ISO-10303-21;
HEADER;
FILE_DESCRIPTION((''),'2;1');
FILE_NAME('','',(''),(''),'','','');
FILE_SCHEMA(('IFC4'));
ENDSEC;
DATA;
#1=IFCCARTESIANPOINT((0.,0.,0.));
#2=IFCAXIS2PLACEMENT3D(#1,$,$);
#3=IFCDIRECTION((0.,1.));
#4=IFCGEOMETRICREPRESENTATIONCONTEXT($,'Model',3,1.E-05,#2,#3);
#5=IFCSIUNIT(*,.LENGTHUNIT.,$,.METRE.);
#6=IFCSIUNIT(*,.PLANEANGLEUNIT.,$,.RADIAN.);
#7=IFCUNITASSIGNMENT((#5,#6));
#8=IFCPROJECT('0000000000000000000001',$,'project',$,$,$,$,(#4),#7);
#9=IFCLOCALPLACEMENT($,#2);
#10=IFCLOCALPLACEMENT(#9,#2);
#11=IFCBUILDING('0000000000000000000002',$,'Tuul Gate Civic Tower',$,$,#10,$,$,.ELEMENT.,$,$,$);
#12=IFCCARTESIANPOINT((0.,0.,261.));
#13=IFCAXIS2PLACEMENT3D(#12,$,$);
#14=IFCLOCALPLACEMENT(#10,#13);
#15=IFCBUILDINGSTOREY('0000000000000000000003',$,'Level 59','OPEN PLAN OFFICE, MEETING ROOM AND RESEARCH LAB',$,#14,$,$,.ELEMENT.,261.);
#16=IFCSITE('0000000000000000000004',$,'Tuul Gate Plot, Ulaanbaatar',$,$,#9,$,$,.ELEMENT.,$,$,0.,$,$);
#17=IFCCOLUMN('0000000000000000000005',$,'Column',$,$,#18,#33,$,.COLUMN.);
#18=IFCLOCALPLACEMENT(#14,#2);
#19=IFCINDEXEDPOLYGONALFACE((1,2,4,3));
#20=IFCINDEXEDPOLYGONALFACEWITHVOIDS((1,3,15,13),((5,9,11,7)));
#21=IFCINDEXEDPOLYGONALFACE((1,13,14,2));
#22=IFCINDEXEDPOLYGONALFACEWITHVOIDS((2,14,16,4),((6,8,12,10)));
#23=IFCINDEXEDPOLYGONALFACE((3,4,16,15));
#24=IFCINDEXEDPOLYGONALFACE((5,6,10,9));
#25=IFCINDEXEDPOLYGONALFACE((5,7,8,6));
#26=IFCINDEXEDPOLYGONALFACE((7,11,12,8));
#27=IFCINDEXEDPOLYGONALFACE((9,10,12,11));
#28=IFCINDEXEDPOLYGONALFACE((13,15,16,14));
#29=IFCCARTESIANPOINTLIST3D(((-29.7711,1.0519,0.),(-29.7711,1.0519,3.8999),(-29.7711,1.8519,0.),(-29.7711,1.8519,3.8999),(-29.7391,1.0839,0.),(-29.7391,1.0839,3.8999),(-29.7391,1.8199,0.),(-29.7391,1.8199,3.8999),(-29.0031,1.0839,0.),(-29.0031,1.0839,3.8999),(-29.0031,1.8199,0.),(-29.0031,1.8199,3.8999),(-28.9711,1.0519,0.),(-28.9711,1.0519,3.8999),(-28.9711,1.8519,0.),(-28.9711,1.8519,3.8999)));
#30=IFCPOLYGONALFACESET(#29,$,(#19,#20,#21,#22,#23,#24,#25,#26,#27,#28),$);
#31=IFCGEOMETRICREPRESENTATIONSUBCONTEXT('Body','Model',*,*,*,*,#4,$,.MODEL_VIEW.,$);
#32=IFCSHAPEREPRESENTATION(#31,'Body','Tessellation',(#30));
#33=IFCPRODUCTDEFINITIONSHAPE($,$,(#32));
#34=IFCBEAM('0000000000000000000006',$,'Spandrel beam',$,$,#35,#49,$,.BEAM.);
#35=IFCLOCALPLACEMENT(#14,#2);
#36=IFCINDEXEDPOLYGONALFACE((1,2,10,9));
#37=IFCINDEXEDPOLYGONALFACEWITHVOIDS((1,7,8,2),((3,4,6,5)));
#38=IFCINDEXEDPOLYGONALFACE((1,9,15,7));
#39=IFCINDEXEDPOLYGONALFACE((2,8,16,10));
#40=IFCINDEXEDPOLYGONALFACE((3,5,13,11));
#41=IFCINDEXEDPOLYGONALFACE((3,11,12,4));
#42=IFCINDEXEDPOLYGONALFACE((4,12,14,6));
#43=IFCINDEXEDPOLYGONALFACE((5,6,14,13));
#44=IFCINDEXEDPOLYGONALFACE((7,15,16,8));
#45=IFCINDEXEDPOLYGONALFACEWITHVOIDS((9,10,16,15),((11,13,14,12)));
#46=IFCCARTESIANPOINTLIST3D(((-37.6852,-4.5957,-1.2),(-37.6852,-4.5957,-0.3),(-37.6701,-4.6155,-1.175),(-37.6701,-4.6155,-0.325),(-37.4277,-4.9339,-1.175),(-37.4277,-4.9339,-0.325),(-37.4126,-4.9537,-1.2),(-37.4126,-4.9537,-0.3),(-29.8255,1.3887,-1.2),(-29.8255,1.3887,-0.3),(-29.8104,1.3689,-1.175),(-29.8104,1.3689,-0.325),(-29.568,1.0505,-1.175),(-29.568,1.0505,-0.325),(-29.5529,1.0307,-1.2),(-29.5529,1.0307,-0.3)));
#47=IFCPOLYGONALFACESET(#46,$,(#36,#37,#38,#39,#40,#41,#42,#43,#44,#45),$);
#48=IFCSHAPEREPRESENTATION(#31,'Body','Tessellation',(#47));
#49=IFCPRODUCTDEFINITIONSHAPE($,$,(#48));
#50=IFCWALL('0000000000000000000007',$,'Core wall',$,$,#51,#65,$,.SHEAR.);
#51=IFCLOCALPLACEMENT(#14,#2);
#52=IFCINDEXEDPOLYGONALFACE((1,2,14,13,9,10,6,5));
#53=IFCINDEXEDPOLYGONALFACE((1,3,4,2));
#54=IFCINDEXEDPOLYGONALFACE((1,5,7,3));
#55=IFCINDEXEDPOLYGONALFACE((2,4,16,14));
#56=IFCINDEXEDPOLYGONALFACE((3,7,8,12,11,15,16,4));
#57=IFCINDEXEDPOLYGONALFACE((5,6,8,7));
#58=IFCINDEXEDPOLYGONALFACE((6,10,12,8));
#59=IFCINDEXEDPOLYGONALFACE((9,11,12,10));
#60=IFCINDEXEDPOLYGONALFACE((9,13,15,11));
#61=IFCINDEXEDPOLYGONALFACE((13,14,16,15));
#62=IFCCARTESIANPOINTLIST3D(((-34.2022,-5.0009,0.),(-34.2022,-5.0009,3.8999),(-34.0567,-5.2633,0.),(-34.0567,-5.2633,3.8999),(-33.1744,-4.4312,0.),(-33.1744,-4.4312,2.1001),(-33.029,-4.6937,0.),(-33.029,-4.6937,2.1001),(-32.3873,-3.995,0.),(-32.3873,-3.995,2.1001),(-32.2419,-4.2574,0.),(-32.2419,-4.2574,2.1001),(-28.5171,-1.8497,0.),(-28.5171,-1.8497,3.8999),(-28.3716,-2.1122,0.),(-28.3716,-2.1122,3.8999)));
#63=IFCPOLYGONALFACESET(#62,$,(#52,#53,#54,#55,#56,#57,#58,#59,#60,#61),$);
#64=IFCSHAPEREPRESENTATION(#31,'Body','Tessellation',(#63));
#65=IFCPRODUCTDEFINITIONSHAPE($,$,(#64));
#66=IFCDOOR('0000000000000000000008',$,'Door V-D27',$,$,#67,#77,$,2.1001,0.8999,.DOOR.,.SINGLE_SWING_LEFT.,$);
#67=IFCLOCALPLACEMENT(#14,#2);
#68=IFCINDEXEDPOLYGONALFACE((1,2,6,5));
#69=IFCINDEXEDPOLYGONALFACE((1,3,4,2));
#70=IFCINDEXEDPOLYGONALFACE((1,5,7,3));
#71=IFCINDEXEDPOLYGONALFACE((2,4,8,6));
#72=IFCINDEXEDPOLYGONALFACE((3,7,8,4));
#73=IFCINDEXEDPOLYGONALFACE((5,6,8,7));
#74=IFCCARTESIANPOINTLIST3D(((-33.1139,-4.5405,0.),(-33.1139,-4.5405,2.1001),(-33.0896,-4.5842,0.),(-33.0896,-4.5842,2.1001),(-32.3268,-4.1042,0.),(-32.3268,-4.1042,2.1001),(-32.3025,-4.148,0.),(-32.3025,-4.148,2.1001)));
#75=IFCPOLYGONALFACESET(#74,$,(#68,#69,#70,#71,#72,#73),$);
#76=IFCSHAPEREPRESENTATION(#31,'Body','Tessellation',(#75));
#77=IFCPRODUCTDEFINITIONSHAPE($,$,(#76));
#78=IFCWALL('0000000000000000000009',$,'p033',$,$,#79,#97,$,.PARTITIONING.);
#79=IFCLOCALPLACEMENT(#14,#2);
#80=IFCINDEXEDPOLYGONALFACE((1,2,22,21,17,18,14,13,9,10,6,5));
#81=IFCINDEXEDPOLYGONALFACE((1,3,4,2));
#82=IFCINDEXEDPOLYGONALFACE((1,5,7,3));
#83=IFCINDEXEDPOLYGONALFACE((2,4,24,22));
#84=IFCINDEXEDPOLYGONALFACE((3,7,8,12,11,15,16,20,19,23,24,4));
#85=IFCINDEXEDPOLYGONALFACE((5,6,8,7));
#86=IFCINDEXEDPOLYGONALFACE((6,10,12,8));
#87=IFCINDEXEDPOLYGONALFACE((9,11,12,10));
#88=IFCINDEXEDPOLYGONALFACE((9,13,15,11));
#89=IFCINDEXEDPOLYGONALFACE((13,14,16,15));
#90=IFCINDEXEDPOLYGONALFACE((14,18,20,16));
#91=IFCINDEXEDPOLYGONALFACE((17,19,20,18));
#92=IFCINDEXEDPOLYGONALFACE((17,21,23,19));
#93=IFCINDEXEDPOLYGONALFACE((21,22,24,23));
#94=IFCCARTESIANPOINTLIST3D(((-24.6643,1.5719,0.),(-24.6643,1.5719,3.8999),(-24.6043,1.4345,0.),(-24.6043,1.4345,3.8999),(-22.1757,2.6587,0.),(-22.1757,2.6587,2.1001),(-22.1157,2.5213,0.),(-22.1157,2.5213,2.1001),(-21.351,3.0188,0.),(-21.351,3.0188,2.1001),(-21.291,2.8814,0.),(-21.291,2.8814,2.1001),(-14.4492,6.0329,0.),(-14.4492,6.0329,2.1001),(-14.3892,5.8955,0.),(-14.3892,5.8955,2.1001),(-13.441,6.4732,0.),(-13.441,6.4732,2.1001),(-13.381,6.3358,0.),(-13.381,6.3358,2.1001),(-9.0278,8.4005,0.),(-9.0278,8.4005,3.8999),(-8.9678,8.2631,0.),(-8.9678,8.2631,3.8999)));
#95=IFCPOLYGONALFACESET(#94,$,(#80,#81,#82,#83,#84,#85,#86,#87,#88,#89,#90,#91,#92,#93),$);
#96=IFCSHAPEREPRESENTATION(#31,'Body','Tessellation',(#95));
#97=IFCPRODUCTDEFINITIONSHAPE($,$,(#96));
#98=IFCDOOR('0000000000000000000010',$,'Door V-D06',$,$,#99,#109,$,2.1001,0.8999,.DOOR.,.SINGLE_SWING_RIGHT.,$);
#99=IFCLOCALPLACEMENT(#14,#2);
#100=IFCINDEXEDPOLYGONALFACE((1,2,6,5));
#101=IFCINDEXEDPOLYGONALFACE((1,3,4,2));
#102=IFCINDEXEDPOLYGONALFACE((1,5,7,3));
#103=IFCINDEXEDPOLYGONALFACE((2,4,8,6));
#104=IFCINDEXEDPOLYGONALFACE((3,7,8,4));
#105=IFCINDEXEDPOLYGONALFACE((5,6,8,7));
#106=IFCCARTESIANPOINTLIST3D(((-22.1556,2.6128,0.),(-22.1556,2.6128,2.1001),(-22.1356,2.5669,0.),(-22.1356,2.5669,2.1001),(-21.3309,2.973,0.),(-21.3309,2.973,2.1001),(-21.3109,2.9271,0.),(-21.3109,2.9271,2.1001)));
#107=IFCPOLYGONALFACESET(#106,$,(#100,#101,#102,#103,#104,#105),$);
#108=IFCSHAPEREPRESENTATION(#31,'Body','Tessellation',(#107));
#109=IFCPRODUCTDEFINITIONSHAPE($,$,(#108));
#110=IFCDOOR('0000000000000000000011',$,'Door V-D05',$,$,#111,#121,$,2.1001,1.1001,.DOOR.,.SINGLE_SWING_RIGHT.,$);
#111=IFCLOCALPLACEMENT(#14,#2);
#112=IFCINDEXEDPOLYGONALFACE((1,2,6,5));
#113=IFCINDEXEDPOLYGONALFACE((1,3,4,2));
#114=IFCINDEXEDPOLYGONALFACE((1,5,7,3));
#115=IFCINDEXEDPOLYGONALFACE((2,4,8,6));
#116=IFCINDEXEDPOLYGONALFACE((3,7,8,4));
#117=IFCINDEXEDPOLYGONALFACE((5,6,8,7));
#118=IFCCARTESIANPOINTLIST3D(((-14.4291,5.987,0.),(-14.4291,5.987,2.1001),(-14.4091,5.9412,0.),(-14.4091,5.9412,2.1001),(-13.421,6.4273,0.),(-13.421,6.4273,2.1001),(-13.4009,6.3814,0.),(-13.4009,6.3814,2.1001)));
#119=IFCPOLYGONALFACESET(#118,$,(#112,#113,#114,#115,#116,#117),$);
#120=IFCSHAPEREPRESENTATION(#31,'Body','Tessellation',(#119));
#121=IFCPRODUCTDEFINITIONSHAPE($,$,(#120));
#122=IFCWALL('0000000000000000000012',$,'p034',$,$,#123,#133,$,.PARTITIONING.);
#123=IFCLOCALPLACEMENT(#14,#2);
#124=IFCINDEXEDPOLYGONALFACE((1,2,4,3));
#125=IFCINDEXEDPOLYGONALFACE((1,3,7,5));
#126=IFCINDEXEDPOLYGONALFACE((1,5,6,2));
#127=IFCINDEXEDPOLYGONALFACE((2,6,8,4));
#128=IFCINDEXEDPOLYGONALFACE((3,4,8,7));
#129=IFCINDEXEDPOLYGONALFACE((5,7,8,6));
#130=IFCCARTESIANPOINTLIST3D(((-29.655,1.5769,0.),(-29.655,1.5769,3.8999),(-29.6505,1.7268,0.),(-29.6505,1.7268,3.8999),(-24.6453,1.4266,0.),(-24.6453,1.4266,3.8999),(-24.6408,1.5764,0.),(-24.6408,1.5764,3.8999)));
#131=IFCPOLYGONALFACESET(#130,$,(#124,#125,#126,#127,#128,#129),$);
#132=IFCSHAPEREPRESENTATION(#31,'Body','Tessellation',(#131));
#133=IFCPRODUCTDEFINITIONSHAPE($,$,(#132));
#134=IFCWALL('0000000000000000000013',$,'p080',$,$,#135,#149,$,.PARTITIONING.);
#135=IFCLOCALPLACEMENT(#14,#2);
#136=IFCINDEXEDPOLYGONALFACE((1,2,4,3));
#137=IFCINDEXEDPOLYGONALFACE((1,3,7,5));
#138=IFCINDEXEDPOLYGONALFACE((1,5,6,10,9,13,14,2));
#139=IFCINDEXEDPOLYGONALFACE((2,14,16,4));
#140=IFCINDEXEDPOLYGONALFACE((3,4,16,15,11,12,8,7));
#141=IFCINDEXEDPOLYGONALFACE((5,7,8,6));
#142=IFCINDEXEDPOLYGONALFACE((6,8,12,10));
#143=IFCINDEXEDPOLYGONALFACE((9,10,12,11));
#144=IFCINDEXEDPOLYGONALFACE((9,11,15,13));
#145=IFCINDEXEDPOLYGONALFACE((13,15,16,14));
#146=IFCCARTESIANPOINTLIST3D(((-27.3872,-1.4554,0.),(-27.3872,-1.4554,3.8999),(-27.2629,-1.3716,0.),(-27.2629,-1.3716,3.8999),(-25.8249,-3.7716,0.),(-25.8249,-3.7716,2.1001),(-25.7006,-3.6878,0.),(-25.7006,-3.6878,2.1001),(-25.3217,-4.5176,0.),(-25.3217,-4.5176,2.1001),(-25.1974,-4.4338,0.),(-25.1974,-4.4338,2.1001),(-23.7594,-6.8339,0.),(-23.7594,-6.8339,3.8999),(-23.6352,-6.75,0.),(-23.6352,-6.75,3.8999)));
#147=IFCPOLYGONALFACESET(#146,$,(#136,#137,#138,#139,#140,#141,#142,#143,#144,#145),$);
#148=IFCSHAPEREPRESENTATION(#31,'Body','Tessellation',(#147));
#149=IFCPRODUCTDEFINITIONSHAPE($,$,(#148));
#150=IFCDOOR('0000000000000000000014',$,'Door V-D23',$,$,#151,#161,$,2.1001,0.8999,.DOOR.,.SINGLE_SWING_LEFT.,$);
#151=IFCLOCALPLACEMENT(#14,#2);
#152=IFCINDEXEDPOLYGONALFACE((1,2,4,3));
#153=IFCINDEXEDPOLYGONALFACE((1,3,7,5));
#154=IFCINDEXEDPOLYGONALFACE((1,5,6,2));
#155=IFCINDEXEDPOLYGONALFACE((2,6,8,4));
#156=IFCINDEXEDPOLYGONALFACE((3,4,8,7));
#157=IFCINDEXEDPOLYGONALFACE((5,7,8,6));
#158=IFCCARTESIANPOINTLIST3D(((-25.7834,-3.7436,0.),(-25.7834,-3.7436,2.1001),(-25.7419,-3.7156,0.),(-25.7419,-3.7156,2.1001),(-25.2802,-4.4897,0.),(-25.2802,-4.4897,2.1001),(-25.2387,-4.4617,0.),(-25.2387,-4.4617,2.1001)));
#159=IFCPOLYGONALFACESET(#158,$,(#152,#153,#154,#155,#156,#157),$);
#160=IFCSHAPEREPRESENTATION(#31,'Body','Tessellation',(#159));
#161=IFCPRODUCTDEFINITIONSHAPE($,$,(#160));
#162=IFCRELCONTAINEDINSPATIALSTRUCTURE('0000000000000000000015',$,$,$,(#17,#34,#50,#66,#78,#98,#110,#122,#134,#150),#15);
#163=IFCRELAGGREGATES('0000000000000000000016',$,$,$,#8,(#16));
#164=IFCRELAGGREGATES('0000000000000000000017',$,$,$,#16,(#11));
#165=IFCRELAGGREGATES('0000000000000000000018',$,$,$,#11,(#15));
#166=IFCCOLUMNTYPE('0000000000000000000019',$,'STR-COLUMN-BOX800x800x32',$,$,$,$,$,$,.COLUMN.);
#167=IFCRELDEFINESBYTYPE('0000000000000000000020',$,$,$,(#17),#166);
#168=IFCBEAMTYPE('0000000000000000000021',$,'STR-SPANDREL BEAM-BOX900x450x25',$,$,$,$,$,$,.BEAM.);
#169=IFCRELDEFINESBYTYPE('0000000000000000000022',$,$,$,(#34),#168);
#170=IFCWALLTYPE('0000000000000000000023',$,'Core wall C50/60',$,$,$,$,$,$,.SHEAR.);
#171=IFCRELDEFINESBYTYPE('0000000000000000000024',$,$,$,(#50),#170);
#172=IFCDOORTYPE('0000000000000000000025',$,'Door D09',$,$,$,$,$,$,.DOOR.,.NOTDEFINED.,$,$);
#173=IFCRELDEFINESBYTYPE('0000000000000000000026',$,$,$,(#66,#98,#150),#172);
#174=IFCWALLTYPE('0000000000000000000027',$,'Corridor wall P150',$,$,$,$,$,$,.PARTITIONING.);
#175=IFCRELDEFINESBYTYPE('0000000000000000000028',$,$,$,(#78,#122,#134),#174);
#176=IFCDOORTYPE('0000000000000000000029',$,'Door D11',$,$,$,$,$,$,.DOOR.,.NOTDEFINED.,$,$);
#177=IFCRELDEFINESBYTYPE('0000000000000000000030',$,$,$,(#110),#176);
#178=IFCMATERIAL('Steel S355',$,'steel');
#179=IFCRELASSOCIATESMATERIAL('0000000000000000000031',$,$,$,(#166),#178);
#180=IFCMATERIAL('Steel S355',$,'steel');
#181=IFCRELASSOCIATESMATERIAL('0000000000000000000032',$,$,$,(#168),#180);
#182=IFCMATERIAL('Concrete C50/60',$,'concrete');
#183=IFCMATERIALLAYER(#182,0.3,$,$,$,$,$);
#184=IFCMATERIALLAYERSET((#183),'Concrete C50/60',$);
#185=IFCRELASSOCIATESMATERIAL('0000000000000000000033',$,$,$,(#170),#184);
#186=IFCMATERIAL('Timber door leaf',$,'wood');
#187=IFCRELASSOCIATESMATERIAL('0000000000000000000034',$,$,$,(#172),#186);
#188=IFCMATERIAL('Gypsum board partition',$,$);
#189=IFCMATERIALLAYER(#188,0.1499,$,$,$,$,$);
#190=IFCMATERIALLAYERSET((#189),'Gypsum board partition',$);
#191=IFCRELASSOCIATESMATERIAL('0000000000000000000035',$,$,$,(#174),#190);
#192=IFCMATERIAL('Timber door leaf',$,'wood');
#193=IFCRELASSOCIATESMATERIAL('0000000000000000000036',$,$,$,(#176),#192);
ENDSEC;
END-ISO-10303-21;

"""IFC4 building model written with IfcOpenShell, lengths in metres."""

from ifc_helpers import new_model, si_unit, direction, frame, frame_2d, origin, origin_2d, place, context, subcontext, project, spatial, rectangle, hollow_rectangle, extrude, material, layer, layer_set, material_profile, profile_set, type_object, element, fill, save


model = new_model("IFC4")

# Units and contexts
model_context = context("Model", 3, precision=1e-05, world=origin(), true_north=direction((0.0, 1.0)))
body_context = subcontext(model_context, "Body", "Model", "MODEL_VIEW")
ifc_project = project(units=[si_unit("LENGTHUNIT", "METRE"), si_unit("PLANEANGLEUNIT", "RADIAN")], contexts=[model_context])

# Site, building, storey
site_placement = place(None, origin())
site = spatial("IfcSite", under=ifc_project, at=site_placement, Name="Tuul Gate Plot, Ulaanbaatar", CompositionType="ELEMENT", RefElevation=0.0)
building_placement = place(site_placement, origin())
building = spatial("IfcBuilding", under=site, at=building_placement, Name="Tuul Gate Civic Tower", CompositionType="ELEMENT")
storey_placement = place(building_placement, frame((0.0, 0.0, 261.0)))
storey = spatial("IfcBuildingStorey", under=building, at=storey_placement, Name="Level 59", Description="OPEN PLAN OFFICE, MEETING ROOM AND RESEARCH LAB", CompositionType="ELEMENT", Elevation=261.0)

# Column
ifc_material_1 = material(Name="Steel S355", Category="steel")
ifc_material_profile_1 = material_profile(ifc_material_1, hollow_rectangle(XDim=0.8, YDim=0.8, WallThickness=0.032, at=origin_2d()), Name="BOX800x800x32")
ifc_profile_set_1 = profile_set([ifc_material_profile_1], Name="Steel S355")
column_type = type_object("IfcColumnType", Name="STR-COLUMN-BOX800x800x32", PredefinedType="COLUMN", material=ifc_profile_set_1)
column_placement = place(storey_placement, frame((-29.3711, 1.4519, 0.0), z_axis=(0.0, 0.0, 1.0), x_axis=(1.0, 0.0, 0.0)))
element("IfcColumn", 1, at=column_placement, inside=storey, type_object=column_type, Name="Column", PredefinedType="COLUMN", context=body_context, shape_type="SweptSolid", body=[
    extrude(hollow_rectangle(XDim=0.8, YDim=0.8, WallThickness=0.032, at=origin_2d()), origin(), (0.0, 0.0, 1.0), 3.8999),
])

# Beam
ifc_material_2 = material(Name="Steel S355", Category="steel")
ifc_material_profile_2 = material_profile(ifc_material_2, hollow_rectangle(XDim=0.45, YDim=0.8999, WallThickness=0.0249, at=origin_2d()), Name="BOX900x450x25")
ifc_profile_set_2 = profile_set([ifc_material_profile_2], Name="Steel S355")
beam_type = type_object("IfcBeamType", Name="STR-SPANDREL BEAM-BOX900x450x25", PredefinedType="BEAM", material=ifc_profile_set_2)
beam_placement = place(storey_placement, frame((-29.6892, 1.2097, -0.75), z_axis=(-0.795622, -0.605793, 0.0), x_axis=(0.605793, -0.795622, 0.0)))
element("IfcBeam", 2, at=beam_placement, inside=storey, type_object=beam_type, Name="Spandrel beam", PredefinedType="BEAM", context=body_context, shape_type="SweptSolid", body=[
    extrude(hollow_rectangle(XDim=0.45, YDim=0.8999, WallThickness=0.0249, at=origin_2d()), origin(), (0.0, 0.0, 1.0), 9.8787),
])

# Wall, opening, door
ifc_material_3 = material(Name="Concrete C50/60", Category="concrete")
ifc_layer_1 = layer(ifc_material_3, 0.3)
ifc_layer_set_1 = layer_set([ifc_layer_1], Name="Concrete C50/60")
wall_type_1 = type_object("IfcWallType", Name="Core wall C50/60", PredefinedType="SHEAR", material=ifc_layer_set_1)
wall_1_placement = place(storey_placement, frame((-28.4443, -1.981, 0.0), z_axis=(0.0, 0.0, 1.0), x_axis=(-0.87463, -0.484791, 0.0)))
wall_1 = element("IfcWall", 3, at=wall_1_placement, inside=storey, type_object=wall_type_1, Name="Core wall", PredefinedType="SHEAR", context=body_context, shape_type="SweptSolid", body=[
    extrude(rectangle(XDim=6.5, YDim=0.3, at=frame_2d((3.25, 0.0))), origin(), (0.0, 0.0, 1.0), 3.8999),
])
opening_1_placement = place(wall_1_placement, frame((4.425, 0.0, 0.0)))
opening_1 = element("IfcOpeningElement", 4, at=opening_1_placement, cuts=wall_1, PredefinedType="OPENING", context=body_context, shape_type="SweptSolid", body=[
    extrude(rectangle(XDim=0.8999, YDim=2.1001, at=frame_2d((0.45, 1.05))), frame((0.0, 0.1602, 0.0), z_axis=(0.0, -1.0, 0.0), x_axis=(1.0, 0.0, 0.0)), (0.0, 0.0, 1.0), 0.3201),
])
ifc_material_4 = material(Name="Timber door leaf", Category="wood")
door_type_1 = type_object("IfcDoorType", Name="Door D09", OperationType="NOTDEFINED", PredefinedType="DOOR", material=ifc_material_4)
door_1_placement = place(opening_1_placement, origin())
door_1 = element("IfcDoor", 5, at=door_1_placement, inside=storey, type_object=door_type_1, Name="Door V-D27", OperationType="SINGLE_SWING_LEFT", OverallHeight=2.1001, OverallWidth=0.8999, PredefinedType="DOOR", context=body_context, shape_type="SweptSolid", body=[
    extrude(rectangle(XDim=0.8999, YDim=2.1001, at=frame_2d((0.45, 1.05))), frame((0.0, 0.0249, 0.0), z_axis=(0.0, -1.0, 0.0), x_axis=(1.0, 0.0, 0.0)), (0.0, 0.0, 1.0), 0.05),
])
fill(opening_1, door_1)

# Wall, openings, doors
ifc_material_5 = material(Name="Gypsum board partition")
ifc_layer_2 = layer(ifc_material_5, 0.1499)
ifc_layer_set_2 = layer_set([ifc_layer_2], Name="Gypsum board partition")
wall_type_2 = type_object("IfcWallType", Name="Corridor wall P150", PredefinedType="PARTITIONING", material=ifc_layer_set_2)
wall_2_placement = place(storey_placement, frame((-24.6343, 1.5032, 0.0), z_axis=(0.0, 0.0, 1.0), x_axis=(0.916423, 0.400211, 0.0)))
wall_2 = element("IfcWall", 6, at=wall_2_placement, inside=storey, type_object=wall_type_2, Name="p033", PredefinedType="PARTITIONING", context=body_context, shape_type="SweptSolid", body=[
    extrude(rectangle(XDim=17.0625, YDim=0.1499, at=frame_2d((8.5312, 0.0))), origin(), (0.0, 0.0, 1.0), 3.8999),
])
opening_2_placement = place(wall_2_placement, frame((11.1467, 0.0, 0.0)))
opening_2 = element("IfcOpeningElement", 7, at=opening_2_placement, cuts=wall_2, PredefinedType="OPENING", context=body_context, shape_type="SweptSolid", body=[
    extrude(rectangle(XDim=1.1001, YDim=2.1001, at=frame_2d((0.55, 1.05))), frame((0.0, 0.085, 0.0), z_axis=(0.0, -1.0, 0.0), x_axis=(1.0, 0.0, 0.0)), (0.0, 0.0, 1.0), 0.1699),
])
opening_3_placement = place(wall_2_placement, frame((2.7156, 0.0, 0.0)))
opening_3 = element("IfcOpeningElement", 8, at=opening_3_placement, cuts=wall_2, PredefinedType="OPENING", context=body_context, shape_type="SweptSolid", body=[
    extrude(rectangle(XDim=0.8999, YDim=2.1001, at=frame_2d((0.45, 1.05))), frame((0.0, 0.085, 0.0), z_axis=(0.0, -1.0, 0.0), x_axis=(1.0, 0.0, 0.0)), (0.0, 0.0, 1.0), 0.1699),
])
door_2_placement = place(opening_3_placement, origin())
door_2 = element("IfcDoor", 9, at=door_2_placement, inside=storey, type_object=door_type_1, Name="Door V-D06", OperationType="SINGLE_SWING_RIGHT", OverallHeight=2.1001, OverallWidth=0.8999, PredefinedType="DOOR", context=body_context, shape_type="SweptSolid", body=[
    extrude(rectangle(XDim=0.8999, YDim=2.1001, at=frame_2d((0.45, 1.05))), frame((0.0, 0.0249, 0.0), z_axis=(0.0, -1.0, 0.0), x_axis=(1.0, 0.0, 0.0)), (0.0, 0.0, 1.0), 0.05),
])
fill(opening_3, door_2)
ifc_material_6 = material(Name="Timber door leaf", Category="wood")
door_type_2 = type_object("IfcDoorType", Name="Door D11", OperationType="NOTDEFINED", PredefinedType="DOOR", material=ifc_material_6)
door_3_placement = place(opening_2_placement, origin())
door_3 = element("IfcDoor", 10, at=door_3_placement, inside=storey, type_object=door_type_2, Name="Door V-D05", OperationType="SINGLE_SWING_RIGHT", OverallHeight=2.1001, OverallWidth=1.1001, PredefinedType="DOOR", context=body_context, shape_type="SweptSolid", body=[
    extrude(rectangle(XDim=1.1001, YDim=2.1001, at=frame_2d((0.55, 1.05))), frame((0.0, 0.0249, 0.0), z_axis=(0.0, -1.0, 0.0), x_axis=(1.0, 0.0, 0.0)), (0.0, 0.0, 1.0), 0.05),
])
fill(opening_2, door_3)

# Wall
wall_3_placement = place(storey_placement, frame((-29.6526, 1.6519, 0.0), z_axis=(0.0, 0.0, 1.0), x_axis=(0.99955, -0.030006, 0.0)))
element("IfcWall", 11, at=wall_3_placement, inside=storey, type_object=wall_type_2, Name="p034", PredefinedType="PARTITIONING", context=body_context, shape_type="SweptSolid", body=[
    extrude(rectangle(XDim=5.012, YDim=0.1499, at=frame_2d((2.5059, 0.0))), origin(), (0.0, 0.0, 1.0), 3.8999),
])

# Wall, opening, door
wall_4_placement = place(storey_placement, frame((-27.325, -1.4136, 0.0), z_axis=(0.0, 0.0, 1.0), x_axis=(0.559182, -0.829045, 0.0)))
wall_4 = element("IfcWall", 12, at=wall_4_placement, inside=storey, type_object=wall_type_2, Name="p080", PredefinedType="PARTITIONING", context=body_context, shape_type="SweptSolid", body=[
    extrude(rectangle(XDim=6.4875, YDim=0.1499, at=frame_2d((3.2437, 0.0))), origin(), (0.0, 0.0, 1.0), 3.8999),
])
opening_4_placement = place(wall_4_placement, frame((2.7937, 0.0, 0.0)))
opening_4 = element("IfcOpeningElement", 13, at=opening_4_placement, cuts=wall_4, PredefinedType="OPENING", context=body_context, shape_type="SweptSolid", body=[
    extrude(rectangle(XDim=0.8999, YDim=2.1001, at=frame_2d((0.45, 1.05))), frame((0.0, 0.085, 0.0), z_axis=(0.0, -1.0, 0.0), x_axis=(1.0, 0.0, 0.0)), (0.0, 0.0, 1.0), 0.1699),
])
door_4_placement = place(opening_4_placement, frame((0.8999, 0.0, 0.0), z_axis=(0.0, 0.0, 1.0), x_axis=(-1.0, 0.0, 0.0)))
door_4 = element("IfcDoor", 14, at=door_4_placement, inside=storey, type_object=door_type_1, Name="Door V-D23", OperationType="SINGLE_SWING_LEFT", OverallHeight=2.1001, OverallWidth=0.8999, PredefinedType="DOOR", context=body_context, shape_type="SweptSolid", body=[
    extrude(rectangle(XDim=0.8999, YDim=2.1001, at=frame_2d((0.45, 1.05))), frame((0.0, 0.0249, 0.0), z_axis=(0.0, -1.0, 0.0), x_axis=(1.0, 0.0, 0.0)), (0.0, 0.0, 1.0), 0.05),
])
fill(opening_4, door_4)

save(model, "model.ifc")
